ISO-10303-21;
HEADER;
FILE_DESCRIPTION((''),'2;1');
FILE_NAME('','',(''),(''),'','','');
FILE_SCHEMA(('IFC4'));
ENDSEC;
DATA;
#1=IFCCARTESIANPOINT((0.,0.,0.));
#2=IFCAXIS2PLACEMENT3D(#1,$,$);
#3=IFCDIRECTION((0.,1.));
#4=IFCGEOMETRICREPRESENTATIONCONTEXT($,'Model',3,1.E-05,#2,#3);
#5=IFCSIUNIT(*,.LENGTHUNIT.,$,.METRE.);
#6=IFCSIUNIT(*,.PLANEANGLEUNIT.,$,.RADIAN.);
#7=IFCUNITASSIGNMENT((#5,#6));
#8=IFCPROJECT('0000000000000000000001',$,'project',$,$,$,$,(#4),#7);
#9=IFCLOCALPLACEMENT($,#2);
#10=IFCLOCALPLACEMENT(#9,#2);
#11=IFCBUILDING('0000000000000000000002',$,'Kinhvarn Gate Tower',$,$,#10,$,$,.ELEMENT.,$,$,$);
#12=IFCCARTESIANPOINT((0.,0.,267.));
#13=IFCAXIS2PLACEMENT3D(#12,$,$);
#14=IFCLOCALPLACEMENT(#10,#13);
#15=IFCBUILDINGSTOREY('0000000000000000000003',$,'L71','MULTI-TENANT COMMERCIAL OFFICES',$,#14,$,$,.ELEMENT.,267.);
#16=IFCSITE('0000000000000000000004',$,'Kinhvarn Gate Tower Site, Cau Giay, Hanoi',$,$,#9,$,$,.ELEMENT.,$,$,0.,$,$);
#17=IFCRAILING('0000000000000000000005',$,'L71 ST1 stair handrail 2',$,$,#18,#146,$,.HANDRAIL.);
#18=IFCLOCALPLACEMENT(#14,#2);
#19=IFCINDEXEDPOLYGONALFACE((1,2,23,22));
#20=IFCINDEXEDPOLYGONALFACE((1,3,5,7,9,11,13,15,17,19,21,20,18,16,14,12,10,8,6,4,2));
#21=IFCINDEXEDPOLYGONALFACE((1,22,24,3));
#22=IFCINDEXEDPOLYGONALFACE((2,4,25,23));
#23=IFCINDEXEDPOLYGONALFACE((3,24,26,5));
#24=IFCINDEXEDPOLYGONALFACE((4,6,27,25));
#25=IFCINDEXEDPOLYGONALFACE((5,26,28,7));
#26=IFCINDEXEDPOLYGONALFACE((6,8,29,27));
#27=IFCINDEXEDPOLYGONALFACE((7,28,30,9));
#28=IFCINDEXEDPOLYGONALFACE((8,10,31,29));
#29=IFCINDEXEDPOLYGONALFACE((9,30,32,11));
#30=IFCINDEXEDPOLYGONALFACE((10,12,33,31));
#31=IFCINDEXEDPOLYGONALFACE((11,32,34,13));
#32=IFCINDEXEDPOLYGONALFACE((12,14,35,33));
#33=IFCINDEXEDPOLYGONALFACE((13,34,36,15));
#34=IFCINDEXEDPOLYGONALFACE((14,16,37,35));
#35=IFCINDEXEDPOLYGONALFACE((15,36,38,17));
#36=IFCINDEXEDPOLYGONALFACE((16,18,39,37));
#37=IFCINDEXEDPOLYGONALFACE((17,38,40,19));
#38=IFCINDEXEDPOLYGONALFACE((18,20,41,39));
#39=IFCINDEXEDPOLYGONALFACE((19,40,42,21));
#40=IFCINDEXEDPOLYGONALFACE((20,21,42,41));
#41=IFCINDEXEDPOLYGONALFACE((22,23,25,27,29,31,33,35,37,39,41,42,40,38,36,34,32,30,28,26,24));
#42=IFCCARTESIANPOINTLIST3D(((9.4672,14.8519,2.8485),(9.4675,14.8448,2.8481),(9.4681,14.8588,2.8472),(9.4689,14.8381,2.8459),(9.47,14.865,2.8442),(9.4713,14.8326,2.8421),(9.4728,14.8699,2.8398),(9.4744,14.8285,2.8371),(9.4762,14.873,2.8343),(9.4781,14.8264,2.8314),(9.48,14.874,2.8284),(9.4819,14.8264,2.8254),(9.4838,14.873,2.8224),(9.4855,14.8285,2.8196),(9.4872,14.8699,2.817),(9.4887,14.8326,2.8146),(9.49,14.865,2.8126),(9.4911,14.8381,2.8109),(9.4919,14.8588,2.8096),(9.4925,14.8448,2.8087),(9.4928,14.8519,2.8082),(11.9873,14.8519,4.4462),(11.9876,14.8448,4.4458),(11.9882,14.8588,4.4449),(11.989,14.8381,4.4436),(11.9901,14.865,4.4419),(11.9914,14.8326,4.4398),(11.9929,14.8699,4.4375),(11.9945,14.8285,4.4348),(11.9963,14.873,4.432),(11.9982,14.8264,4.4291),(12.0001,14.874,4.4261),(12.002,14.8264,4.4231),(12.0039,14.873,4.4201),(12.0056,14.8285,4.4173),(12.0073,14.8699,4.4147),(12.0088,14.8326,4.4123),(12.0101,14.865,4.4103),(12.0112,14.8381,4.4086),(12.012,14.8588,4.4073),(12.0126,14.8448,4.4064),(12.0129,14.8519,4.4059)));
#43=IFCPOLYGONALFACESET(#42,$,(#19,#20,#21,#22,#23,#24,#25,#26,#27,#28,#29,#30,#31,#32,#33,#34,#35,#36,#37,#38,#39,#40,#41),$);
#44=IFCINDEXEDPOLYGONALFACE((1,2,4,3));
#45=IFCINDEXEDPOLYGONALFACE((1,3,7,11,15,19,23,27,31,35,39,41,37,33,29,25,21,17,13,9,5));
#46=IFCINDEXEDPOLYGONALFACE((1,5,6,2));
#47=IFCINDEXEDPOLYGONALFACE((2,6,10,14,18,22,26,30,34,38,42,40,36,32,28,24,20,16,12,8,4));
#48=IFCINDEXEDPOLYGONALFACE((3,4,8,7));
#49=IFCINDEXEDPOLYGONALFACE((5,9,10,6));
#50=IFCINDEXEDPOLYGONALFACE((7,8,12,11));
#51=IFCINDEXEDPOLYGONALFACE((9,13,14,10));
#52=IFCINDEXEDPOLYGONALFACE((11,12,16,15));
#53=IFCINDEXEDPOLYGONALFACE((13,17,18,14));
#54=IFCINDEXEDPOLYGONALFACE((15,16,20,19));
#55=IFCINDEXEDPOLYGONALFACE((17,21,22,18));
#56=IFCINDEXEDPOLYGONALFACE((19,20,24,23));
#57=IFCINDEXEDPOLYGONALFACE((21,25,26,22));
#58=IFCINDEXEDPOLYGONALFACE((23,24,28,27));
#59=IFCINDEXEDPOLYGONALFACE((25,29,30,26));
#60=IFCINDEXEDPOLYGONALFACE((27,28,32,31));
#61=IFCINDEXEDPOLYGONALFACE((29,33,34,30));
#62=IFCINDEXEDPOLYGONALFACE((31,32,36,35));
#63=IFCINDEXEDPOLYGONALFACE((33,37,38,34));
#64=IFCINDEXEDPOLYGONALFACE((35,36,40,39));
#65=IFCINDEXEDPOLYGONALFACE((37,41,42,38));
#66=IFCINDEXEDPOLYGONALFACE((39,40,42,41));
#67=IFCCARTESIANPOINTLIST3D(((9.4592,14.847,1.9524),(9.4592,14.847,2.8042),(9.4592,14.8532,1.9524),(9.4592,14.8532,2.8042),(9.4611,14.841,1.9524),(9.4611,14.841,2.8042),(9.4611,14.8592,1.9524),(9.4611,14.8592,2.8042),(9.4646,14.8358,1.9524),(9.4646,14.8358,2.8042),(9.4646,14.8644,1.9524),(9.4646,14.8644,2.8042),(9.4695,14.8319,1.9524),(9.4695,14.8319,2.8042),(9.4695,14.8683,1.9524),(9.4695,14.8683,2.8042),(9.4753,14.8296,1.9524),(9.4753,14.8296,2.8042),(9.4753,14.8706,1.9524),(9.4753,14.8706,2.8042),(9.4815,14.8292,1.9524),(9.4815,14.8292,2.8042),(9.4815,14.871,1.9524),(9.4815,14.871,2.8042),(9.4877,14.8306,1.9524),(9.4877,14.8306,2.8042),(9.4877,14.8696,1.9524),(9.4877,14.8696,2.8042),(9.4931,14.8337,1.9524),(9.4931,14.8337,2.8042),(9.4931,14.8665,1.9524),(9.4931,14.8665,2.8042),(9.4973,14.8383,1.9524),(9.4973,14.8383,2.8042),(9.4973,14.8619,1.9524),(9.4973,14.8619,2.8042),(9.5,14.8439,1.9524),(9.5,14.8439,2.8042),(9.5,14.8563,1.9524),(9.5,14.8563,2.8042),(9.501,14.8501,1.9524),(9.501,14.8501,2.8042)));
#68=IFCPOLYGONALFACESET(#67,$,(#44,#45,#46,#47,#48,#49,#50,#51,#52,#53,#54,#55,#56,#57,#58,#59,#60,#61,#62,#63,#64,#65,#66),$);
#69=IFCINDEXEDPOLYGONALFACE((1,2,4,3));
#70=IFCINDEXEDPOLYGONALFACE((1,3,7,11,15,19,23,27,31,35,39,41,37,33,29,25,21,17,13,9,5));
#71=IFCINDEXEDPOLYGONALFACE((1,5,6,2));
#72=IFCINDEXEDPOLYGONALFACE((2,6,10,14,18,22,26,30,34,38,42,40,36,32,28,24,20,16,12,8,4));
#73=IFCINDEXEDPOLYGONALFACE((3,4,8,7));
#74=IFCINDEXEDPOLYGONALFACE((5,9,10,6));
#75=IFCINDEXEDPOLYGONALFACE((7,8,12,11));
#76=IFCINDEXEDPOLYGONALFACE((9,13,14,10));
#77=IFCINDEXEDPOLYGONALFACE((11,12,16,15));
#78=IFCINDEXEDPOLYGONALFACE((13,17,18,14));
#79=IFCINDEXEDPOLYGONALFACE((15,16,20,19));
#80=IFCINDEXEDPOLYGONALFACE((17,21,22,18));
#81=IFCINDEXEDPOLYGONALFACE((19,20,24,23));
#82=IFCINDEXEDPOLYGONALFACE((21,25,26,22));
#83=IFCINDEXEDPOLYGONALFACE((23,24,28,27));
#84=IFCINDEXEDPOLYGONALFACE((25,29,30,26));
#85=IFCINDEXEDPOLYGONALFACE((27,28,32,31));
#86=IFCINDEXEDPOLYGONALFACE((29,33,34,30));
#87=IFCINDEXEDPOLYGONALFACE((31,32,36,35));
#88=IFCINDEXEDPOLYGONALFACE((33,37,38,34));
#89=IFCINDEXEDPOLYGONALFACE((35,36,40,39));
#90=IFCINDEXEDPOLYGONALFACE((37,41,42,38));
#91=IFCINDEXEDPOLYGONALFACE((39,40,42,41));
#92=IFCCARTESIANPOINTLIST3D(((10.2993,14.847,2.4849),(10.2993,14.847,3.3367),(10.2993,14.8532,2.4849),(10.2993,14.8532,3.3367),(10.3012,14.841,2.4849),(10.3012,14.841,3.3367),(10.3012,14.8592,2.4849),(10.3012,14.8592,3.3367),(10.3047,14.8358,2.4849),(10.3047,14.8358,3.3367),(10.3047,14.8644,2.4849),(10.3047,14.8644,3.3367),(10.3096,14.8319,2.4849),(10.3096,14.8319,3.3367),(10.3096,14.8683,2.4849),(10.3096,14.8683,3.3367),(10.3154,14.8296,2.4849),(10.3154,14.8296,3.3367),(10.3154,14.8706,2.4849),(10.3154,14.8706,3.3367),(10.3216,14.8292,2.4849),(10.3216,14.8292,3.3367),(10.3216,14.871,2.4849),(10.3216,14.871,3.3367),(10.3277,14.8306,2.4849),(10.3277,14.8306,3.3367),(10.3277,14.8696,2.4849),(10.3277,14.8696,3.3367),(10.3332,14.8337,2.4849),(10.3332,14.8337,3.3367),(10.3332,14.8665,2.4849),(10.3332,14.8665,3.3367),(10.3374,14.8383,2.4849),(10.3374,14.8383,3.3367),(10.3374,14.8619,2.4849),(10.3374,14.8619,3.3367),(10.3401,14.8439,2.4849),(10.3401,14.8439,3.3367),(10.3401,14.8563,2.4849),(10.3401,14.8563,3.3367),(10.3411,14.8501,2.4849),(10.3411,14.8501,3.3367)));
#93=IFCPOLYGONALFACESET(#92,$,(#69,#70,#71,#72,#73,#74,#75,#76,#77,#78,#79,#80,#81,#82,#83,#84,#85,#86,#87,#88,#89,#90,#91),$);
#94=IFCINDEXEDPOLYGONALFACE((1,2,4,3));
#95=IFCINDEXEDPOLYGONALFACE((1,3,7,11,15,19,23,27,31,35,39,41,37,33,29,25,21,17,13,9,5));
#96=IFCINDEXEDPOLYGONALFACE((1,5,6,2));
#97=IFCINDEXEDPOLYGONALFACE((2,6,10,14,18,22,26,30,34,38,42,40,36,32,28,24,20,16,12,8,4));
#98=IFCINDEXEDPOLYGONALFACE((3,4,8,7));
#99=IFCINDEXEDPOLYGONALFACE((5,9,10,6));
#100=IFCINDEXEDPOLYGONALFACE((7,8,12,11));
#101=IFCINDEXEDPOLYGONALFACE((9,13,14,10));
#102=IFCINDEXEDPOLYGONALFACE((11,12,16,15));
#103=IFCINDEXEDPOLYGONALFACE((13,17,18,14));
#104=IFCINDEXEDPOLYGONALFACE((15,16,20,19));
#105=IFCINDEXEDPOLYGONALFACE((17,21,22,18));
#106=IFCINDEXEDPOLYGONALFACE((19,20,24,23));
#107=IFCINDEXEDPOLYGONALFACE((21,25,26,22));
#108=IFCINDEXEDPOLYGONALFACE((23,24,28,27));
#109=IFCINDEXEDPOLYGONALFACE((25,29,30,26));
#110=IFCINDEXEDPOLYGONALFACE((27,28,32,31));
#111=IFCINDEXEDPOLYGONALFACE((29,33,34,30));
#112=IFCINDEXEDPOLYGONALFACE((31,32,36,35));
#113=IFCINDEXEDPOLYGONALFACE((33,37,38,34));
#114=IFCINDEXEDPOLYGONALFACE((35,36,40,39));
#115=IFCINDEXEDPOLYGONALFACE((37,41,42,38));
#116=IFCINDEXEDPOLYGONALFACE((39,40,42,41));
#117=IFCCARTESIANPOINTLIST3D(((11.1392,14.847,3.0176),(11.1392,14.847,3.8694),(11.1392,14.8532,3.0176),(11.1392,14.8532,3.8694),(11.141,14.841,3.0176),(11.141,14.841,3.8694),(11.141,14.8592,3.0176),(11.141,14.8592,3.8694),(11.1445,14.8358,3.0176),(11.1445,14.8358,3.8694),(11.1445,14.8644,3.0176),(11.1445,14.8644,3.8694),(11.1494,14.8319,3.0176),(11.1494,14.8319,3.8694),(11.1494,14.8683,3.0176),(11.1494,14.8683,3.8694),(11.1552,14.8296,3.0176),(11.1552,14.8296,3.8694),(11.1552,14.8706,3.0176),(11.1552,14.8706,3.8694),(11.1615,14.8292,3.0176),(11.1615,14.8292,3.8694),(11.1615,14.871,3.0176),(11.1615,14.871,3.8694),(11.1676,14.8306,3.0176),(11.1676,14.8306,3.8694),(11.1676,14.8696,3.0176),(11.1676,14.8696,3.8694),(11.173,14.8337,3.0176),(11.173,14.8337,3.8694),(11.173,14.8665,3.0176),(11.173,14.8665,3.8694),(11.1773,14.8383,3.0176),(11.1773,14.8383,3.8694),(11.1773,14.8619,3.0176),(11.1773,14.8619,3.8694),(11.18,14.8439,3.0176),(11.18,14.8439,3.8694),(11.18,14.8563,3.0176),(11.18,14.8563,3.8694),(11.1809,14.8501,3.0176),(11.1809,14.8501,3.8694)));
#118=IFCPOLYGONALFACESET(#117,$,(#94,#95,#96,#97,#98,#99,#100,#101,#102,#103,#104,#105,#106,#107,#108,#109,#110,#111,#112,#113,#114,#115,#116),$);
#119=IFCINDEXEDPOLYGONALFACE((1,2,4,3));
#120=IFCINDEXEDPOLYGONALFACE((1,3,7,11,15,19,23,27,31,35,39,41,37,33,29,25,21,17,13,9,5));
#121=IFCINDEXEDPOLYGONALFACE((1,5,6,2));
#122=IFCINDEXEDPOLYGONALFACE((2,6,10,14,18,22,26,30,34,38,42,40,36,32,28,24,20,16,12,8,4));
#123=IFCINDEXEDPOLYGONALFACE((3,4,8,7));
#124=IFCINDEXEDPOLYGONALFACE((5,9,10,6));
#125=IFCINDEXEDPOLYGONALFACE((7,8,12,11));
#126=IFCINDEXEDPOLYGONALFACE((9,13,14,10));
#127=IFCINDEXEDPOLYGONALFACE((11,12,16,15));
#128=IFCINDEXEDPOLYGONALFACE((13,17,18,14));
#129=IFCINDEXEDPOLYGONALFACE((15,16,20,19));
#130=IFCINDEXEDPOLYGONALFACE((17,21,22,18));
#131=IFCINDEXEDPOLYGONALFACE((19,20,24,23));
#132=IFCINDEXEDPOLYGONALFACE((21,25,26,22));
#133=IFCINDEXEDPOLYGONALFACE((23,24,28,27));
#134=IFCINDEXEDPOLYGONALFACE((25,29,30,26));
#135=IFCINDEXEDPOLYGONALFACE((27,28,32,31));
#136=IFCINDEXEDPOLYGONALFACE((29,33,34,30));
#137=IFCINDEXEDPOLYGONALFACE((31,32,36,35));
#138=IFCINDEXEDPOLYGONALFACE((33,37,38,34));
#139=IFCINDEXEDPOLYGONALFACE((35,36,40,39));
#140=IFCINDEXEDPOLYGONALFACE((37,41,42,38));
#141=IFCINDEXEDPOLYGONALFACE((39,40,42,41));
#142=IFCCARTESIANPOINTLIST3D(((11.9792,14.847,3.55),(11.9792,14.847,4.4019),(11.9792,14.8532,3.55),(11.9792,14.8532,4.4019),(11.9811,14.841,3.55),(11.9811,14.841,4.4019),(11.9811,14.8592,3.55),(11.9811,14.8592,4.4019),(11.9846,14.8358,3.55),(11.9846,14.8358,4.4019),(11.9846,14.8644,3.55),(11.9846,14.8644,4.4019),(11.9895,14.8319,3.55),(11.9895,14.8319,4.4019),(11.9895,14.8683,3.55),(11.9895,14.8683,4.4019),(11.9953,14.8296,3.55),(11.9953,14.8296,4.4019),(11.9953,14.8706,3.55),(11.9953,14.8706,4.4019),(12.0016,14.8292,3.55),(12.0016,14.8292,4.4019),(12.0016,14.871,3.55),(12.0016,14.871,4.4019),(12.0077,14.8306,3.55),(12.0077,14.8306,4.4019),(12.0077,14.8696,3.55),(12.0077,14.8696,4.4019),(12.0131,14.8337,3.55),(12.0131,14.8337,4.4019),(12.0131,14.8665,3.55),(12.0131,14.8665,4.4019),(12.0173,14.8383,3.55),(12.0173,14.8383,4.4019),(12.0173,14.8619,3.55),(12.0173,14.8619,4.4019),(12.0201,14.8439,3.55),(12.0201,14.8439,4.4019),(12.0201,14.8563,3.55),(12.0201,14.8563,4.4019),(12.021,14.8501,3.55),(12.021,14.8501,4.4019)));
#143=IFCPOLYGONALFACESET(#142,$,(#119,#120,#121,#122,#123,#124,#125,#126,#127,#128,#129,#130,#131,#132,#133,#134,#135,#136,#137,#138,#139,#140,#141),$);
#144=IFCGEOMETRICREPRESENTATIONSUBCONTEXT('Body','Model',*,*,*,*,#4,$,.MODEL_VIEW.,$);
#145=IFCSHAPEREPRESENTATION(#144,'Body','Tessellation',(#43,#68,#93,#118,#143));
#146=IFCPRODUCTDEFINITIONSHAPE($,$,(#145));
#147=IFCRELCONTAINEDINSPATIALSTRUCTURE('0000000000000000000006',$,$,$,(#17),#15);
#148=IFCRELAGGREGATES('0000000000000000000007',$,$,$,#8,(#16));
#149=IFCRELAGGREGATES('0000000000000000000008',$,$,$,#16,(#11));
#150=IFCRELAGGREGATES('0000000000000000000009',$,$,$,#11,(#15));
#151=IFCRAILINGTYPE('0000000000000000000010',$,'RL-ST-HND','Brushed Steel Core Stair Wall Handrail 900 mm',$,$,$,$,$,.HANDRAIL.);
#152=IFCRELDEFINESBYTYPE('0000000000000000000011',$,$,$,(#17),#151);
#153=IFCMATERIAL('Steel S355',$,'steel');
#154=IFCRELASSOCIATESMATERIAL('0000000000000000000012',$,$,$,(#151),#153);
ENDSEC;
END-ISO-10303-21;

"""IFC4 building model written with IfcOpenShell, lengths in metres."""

from ifc_helpers import new_model, si_unit, direction, frame, origin, origin_2d, place, context, subcontext, project, spatial, circle, extrude, material, type_object, element, save


model = new_model("IFC4")

# Units and contexts
model_context = context("Model", 3, precision=1e-05, world=origin(), true_north=direction((0.0, 1.0)))
body_context = subcontext(model_context, "Body", "Model", "MODEL_VIEW")
ifc_project = project(units=[si_unit("LENGTHUNIT", "METRE"), si_unit("PLANEANGLEUNIT", "RADIAN")], contexts=[model_context])

# Site, building, storey
site_placement = place(None, origin())
site = spatial("IfcSite", under=ifc_project, at=site_placement, Name="Kinhvarn Gate Tower Site, Cau Giay, Hanoi", CompositionType="ELEMENT", RefElevation=0.0)
building_placement = place(site_placement, origin())
building = spatial("IfcBuilding", under=site, at=building_placement, Name="Kinhvarn Gate Tower", CompositionType="ELEMENT")
storey_placement = place(building_placement, frame((0.0, 0.0, 267.0)))
storey = spatial("IfcBuildingStorey", under=building, at=storey_placement, Name="L71", Description="MULTI-TENANT COMMERCIAL OFFICES", CompositionType="ELEMENT", Elevation=267.0)

# Shared definitions
ifc_material_1 = material(Name="Steel S355", Category="steel")

# Railing
railing_type_1 = type_object("IfcRailingType", Name="RL-ST-HND", Description="Brushed Steel Core Stair Wall Handrail 900 mm", PredefinedType="HANDRAIL", material=ifc_material_1)
railing_1_placement = place(storey_placement, frame((9.48, 14.8501, 1.9524)))
element("IfcRailing", 1, at=railing_1_placement, inside=storey, type_object=railing_type_1, Name="L71 ST1 stair handrail 2", PredefinedType="HANDRAIL", context=body_context, shape_type="SweptSolid", body=[
    extrude(circle(Radius=0.0239, at=origin_2d()), frame((0.0, 0.0, 0.876), z_axis=(0.84457, 0.0, 0.535445), x_axis=(0.0, 1.0, 0.0)), (0.0, 0.0, 1.0), 2.9839),
    extrude(circle(Radius=0.021, at=origin_2d()), origin(), (0.0, 0.0, 1.0), 0.8518),
    extrude(circle(Radius=0.021, at=origin_2d()), frame((0.8401, 0.0, 0.5325)), (0.0, 0.0, 1.0), 0.8518),
    extrude(circle(Radius=0.021, at=origin_2d()), frame((1.6799, 0.0, 1.0652)), (0.0, 0.0, 1.0), 0.8518),
    extrude(circle(Radius=0.021, at=origin_2d()), frame((2.52, 0.0, 1.5977)), (0.0, 0.0, 1.0), 0.8518),
])

save(model, "model.ifc")
